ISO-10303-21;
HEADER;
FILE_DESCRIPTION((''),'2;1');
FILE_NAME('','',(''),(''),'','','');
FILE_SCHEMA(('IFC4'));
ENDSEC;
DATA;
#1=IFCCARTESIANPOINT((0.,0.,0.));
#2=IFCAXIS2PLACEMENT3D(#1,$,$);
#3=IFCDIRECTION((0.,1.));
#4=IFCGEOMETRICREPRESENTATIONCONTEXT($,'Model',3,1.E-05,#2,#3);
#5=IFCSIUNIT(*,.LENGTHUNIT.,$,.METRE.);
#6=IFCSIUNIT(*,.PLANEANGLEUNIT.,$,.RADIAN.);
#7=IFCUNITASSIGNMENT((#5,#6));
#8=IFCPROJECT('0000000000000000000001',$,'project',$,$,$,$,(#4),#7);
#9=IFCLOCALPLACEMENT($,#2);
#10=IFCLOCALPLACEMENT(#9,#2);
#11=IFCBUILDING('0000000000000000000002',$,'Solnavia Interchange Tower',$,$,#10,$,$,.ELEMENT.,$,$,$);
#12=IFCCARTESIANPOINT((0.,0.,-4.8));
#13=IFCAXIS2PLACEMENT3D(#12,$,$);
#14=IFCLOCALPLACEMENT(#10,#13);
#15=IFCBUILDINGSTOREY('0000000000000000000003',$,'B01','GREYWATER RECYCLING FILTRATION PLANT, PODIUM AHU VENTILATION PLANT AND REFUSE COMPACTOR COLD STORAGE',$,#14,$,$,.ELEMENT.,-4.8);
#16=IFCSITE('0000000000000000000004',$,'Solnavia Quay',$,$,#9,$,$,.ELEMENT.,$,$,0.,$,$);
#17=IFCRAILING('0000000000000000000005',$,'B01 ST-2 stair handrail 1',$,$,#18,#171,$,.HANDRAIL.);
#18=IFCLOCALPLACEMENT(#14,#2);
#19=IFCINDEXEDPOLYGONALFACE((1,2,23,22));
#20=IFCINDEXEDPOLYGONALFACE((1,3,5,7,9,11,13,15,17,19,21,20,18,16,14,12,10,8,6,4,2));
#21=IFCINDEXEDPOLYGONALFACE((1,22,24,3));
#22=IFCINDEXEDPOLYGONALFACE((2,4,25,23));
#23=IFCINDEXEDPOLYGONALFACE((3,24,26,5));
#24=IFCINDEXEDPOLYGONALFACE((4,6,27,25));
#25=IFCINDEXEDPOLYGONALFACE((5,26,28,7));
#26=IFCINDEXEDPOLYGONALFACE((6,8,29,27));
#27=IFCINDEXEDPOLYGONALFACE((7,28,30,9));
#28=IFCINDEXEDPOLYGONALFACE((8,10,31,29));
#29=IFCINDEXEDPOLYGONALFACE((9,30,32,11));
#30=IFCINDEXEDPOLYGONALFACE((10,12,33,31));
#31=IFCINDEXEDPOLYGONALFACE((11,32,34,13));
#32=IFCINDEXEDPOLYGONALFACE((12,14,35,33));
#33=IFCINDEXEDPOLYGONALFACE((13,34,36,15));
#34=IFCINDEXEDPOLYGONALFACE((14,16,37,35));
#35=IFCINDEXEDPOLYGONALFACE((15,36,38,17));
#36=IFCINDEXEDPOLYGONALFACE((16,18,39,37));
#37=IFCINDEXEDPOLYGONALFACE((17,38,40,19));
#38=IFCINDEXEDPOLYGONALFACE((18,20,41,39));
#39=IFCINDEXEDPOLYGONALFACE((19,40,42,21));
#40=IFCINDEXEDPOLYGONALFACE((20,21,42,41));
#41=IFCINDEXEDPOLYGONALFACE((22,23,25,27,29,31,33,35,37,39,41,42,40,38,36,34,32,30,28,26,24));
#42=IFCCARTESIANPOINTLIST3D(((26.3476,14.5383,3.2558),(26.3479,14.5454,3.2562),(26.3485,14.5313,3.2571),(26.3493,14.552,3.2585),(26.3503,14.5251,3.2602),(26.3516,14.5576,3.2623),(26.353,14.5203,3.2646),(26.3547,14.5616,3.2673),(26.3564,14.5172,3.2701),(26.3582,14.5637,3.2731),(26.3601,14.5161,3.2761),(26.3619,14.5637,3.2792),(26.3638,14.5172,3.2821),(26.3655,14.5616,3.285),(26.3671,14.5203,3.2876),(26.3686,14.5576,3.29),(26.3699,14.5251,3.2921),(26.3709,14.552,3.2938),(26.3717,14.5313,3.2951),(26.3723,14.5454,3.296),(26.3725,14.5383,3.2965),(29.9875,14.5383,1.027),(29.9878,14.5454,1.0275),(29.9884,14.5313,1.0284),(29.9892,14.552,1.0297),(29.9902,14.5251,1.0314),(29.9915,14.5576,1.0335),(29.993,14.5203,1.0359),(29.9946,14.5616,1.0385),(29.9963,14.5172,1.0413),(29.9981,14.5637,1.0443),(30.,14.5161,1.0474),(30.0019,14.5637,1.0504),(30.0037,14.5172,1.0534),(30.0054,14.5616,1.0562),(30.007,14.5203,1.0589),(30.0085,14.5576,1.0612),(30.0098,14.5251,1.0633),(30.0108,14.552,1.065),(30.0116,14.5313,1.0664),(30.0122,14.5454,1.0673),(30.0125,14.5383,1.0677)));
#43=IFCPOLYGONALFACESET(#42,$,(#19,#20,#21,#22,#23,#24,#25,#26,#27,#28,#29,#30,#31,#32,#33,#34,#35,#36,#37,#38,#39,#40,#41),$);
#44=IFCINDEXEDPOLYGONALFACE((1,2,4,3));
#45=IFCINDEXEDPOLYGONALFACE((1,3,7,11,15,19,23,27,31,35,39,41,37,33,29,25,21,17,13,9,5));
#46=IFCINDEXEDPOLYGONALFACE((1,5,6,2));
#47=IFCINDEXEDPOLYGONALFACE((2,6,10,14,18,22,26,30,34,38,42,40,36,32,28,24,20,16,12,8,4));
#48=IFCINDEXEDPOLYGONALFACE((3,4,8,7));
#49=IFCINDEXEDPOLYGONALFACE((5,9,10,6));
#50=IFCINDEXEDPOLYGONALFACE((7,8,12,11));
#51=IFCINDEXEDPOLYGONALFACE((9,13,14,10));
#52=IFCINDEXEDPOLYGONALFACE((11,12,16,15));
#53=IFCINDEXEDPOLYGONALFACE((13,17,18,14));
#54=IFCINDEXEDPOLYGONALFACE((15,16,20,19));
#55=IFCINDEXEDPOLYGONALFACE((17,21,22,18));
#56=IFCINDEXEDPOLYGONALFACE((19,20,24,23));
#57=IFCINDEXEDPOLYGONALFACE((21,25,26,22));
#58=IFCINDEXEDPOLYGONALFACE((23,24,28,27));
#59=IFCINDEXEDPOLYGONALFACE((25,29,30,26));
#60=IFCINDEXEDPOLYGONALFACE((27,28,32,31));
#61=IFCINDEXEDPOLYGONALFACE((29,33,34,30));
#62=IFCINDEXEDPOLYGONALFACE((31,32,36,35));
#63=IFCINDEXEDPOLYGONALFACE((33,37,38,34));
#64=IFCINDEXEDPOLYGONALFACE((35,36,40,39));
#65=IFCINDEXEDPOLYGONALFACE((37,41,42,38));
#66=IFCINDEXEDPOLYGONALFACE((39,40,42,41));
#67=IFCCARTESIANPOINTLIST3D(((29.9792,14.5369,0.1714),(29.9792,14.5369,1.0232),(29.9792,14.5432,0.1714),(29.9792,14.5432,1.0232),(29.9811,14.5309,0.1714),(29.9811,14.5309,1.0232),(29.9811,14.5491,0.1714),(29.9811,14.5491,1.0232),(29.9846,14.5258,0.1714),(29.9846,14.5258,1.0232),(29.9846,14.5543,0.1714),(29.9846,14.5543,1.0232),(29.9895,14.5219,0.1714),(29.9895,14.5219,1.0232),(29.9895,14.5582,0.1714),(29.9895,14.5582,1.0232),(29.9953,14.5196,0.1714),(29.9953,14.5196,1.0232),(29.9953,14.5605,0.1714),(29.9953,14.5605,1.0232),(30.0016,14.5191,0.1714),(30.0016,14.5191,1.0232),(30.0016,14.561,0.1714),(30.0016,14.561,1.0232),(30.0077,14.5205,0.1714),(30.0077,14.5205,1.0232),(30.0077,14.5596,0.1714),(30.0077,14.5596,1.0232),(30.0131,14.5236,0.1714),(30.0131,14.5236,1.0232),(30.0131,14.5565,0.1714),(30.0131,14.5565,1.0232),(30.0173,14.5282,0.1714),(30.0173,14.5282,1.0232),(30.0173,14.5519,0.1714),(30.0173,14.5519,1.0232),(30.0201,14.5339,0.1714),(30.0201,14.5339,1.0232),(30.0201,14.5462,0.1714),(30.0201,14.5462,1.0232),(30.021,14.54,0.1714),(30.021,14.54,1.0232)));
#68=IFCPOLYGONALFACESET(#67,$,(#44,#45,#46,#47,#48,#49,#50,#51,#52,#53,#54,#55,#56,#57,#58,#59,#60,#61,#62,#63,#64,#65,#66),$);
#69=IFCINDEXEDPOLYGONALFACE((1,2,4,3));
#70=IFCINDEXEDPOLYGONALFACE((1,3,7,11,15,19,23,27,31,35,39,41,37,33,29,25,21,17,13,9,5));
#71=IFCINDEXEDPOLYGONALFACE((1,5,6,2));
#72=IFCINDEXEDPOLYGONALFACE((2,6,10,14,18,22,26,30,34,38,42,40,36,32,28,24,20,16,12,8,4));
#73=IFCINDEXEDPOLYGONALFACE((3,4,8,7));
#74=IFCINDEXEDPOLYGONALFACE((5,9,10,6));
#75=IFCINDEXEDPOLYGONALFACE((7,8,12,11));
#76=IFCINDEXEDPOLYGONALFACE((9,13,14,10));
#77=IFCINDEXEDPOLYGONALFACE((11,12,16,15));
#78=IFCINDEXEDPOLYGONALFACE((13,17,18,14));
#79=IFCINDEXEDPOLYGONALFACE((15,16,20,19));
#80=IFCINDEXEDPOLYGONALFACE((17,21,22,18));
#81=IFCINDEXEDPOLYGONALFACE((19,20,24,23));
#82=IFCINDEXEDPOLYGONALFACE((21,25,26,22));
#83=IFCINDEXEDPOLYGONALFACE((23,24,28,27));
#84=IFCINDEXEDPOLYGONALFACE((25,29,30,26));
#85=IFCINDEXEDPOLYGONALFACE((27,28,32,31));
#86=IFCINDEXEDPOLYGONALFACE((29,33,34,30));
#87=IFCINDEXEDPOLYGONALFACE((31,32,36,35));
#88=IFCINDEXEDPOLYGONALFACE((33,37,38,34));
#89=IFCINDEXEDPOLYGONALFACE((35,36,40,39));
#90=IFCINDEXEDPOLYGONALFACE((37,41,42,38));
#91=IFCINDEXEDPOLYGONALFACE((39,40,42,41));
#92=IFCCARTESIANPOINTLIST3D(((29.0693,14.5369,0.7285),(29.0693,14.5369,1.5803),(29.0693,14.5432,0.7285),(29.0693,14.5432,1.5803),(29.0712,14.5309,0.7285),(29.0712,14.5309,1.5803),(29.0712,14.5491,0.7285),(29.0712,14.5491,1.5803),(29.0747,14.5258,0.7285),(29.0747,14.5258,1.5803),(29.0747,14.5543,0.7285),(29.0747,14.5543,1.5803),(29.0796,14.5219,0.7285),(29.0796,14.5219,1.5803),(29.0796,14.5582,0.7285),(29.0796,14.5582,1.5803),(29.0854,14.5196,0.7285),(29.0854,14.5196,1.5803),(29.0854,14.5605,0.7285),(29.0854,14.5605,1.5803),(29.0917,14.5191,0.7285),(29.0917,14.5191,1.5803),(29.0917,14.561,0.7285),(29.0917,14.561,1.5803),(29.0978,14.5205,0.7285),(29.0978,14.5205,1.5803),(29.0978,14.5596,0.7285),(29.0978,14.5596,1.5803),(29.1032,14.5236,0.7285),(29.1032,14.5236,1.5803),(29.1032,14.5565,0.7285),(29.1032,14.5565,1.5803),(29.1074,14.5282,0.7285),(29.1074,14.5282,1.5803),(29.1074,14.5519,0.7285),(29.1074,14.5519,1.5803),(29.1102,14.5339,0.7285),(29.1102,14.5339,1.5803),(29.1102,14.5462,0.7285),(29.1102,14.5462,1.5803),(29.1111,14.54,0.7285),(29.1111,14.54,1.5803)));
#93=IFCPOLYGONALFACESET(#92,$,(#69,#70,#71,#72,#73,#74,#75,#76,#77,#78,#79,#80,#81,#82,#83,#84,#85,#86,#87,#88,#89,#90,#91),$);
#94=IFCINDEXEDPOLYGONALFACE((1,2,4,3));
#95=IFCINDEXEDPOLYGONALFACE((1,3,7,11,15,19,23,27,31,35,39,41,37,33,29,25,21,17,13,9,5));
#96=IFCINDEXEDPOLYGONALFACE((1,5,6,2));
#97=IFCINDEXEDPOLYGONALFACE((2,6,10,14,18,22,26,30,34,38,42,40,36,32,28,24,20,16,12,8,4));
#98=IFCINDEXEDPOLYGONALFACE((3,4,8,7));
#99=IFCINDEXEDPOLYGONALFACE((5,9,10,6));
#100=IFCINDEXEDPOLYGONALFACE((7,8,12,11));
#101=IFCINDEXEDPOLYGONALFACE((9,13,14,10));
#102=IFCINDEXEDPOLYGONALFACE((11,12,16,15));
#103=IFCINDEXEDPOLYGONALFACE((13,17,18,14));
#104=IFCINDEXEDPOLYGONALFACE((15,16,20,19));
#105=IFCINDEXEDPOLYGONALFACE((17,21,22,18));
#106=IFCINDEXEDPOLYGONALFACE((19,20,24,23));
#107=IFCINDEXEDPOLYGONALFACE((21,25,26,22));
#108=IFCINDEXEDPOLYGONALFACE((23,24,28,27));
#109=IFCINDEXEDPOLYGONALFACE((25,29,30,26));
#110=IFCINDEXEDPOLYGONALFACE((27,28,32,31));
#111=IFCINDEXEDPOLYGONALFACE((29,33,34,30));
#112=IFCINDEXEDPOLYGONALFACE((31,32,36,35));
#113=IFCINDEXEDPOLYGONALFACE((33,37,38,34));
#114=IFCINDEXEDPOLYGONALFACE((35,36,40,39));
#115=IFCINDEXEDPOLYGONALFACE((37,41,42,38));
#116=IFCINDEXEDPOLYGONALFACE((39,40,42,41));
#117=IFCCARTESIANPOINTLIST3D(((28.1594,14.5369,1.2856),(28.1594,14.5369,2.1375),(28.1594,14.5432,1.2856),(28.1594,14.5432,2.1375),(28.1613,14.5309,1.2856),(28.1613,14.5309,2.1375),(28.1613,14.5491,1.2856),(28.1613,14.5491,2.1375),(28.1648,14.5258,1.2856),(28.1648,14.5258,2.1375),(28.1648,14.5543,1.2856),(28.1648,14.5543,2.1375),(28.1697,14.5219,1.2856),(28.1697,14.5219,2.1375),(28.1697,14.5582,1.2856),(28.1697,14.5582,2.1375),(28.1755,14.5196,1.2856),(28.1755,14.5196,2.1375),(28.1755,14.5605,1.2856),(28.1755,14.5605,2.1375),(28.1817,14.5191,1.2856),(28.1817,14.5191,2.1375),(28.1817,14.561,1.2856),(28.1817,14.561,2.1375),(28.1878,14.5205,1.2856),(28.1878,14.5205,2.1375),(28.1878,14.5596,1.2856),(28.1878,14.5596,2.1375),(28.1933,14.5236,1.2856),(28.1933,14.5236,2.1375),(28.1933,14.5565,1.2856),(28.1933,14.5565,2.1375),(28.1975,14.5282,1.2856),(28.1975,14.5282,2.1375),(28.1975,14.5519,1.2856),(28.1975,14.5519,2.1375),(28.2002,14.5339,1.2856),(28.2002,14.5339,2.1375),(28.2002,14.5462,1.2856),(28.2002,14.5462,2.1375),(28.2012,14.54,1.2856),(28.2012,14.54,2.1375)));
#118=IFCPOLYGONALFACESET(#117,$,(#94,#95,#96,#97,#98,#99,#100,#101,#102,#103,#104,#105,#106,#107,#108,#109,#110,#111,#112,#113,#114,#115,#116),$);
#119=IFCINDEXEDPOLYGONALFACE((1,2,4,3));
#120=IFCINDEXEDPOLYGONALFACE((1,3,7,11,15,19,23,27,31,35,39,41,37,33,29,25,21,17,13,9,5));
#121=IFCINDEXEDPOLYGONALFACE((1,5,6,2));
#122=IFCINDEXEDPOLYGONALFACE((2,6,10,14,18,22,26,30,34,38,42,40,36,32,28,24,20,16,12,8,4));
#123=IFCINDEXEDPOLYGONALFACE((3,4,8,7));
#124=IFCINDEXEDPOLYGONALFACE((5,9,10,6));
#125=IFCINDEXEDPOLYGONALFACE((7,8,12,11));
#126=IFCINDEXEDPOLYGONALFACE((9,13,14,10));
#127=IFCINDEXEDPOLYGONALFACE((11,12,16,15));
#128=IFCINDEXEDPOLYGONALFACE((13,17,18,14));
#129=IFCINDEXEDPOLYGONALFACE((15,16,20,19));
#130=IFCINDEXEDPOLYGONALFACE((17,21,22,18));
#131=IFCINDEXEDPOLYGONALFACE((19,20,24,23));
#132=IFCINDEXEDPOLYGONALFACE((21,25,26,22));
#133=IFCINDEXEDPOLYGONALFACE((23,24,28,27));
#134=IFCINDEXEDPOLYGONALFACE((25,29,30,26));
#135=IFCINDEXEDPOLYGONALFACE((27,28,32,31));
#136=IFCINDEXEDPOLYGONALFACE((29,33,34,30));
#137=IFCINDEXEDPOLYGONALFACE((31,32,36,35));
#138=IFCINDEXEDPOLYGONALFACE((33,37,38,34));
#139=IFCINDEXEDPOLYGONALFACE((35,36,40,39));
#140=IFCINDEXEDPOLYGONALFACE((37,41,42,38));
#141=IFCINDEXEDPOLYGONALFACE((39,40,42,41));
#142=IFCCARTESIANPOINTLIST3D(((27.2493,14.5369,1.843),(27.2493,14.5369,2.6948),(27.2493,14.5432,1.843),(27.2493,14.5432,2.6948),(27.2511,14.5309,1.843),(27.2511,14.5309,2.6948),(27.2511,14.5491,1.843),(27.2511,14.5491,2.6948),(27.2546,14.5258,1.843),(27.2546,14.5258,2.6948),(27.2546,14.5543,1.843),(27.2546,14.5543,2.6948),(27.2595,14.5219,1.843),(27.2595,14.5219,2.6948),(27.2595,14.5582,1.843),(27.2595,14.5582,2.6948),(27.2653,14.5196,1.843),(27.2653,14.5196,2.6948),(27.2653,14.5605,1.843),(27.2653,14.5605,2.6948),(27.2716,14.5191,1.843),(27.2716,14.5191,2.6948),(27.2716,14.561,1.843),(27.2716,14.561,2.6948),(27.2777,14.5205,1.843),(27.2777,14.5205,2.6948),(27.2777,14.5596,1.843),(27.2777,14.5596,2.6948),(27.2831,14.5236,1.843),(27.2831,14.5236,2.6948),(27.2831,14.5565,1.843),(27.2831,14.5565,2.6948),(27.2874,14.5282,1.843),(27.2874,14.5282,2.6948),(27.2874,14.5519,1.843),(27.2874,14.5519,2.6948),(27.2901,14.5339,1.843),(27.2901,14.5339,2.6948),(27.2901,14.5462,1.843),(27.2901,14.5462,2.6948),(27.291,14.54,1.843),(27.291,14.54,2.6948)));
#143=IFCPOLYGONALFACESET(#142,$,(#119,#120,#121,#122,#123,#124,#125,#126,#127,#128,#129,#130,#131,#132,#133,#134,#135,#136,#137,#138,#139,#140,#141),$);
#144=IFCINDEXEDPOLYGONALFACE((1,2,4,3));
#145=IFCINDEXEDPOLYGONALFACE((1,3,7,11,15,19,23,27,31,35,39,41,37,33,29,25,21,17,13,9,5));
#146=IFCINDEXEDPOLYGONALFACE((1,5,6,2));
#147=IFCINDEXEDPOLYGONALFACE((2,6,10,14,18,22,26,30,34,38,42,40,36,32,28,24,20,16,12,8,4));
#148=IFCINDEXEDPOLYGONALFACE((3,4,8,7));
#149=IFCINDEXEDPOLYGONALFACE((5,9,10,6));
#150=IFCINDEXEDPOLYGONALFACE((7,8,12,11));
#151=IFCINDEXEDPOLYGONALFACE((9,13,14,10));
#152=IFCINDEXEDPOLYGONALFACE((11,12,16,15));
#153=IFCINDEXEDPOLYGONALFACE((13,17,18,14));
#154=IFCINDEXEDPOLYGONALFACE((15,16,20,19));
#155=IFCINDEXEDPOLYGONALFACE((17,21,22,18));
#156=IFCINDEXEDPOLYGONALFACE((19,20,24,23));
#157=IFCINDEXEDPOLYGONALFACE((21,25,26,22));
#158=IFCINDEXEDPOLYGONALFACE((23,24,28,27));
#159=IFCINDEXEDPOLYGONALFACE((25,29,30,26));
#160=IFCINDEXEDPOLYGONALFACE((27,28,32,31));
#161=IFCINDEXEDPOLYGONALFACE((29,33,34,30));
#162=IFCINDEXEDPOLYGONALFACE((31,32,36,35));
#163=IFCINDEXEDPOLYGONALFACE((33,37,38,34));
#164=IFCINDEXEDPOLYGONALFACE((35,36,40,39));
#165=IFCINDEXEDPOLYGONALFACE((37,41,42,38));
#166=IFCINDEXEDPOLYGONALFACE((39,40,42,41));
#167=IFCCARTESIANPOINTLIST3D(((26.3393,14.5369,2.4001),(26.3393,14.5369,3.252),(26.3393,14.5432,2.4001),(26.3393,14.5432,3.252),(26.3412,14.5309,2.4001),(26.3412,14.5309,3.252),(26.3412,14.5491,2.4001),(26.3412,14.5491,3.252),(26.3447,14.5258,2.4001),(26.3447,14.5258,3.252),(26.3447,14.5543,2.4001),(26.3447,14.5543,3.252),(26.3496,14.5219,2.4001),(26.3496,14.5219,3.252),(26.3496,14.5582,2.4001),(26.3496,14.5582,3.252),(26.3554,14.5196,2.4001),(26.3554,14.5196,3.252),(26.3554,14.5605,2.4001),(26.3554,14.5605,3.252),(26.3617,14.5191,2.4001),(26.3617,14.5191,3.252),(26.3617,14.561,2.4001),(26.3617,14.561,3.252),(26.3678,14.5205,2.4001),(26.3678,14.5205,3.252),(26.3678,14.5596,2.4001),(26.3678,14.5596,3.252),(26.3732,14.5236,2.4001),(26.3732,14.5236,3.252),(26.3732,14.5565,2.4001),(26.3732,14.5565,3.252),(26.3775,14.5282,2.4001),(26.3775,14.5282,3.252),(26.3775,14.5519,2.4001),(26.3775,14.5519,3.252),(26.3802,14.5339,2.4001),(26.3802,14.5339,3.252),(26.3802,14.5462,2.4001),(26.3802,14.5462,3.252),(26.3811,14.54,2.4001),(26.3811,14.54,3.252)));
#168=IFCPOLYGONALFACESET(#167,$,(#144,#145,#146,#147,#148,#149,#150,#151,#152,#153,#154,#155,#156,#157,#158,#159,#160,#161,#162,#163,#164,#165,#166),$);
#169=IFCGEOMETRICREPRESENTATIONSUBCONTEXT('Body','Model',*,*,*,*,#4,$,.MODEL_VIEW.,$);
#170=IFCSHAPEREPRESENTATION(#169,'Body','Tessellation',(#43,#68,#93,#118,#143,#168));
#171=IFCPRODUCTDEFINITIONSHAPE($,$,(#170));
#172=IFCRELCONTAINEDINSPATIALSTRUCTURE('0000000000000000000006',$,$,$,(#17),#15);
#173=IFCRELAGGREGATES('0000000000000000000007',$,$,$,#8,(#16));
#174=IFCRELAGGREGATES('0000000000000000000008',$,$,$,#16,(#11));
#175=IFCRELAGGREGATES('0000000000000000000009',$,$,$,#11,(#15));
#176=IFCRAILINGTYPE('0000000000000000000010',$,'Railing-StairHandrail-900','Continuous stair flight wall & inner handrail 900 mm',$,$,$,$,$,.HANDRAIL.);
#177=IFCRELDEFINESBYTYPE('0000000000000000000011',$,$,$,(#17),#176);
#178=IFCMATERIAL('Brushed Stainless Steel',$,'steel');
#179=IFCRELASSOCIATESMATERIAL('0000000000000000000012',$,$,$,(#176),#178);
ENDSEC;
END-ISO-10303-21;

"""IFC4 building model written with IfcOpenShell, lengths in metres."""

from ifc_helpers import new_model, si_unit, direction, frame, origin, origin_2d, place, context, subcontext, project, spatial, circle, extrude, material, type_object, element, save


model = new_model("IFC4")

# Units and contexts
model_context = context("Model", 3, precision=1e-05, world=origin(), true_north=direction((0.0, 1.0)))
body_context = subcontext(model_context, "Body", "Model", "MODEL_VIEW")
ifc_project = project(units=[si_unit("LENGTHUNIT", "METRE"), si_unit("PLANEANGLEUNIT", "RADIAN")], contexts=[model_context])

# Site, building, storey
site_placement = place(None, origin())
site = spatial("IfcSite", under=ifc_project, at=site_placement, Name="Solnavia Quay", CompositionType="ELEMENT", RefElevation=0.0)
building_placement = place(site_placement, origin())
building = spatial("IfcBuilding", under=site, at=building_placement, Name="Solnavia Interchange Tower", CompositionType="ELEMENT")
storey_placement = place(building_placement, frame((0.0, 0.0, -4.8)))
storey = spatial("IfcBuildingStorey", under=building, at=storey_placement, Name="B01", Description="GREYWATER RECYCLING FILTRATION PLANT, PODIUM AHU VENTILATION PLANT AND REFUSE COMPACTOR COLD STORAGE", CompositionType="ELEMENT", Elevation=-4.8)

# Railing
ifc_material_1 = material(Name="Brushed Stainless Steel", Category="steel")
railing_type_1 = type_object("IfcRailingType", Name="Railing-StairHandrail-900", Description="Continuous stair flight wall & inner handrail 900 mm", PredefinedType="HANDRAIL", material=ifc_material_1)
railing_1_placement = place(storey_placement, frame((30.0, 14.54, 0.1714)))
element("IfcRailing", 1, at=railing_1_placement, inside=storey, type_object=railing_type_1, Name="B01 ST-2 stair handrail 1", PredefinedType="HANDRAIL", context=body_context, shape_type="SweptSolid", body=[
    extrude(circle(Radius=0.0239, at=origin_2d()), frame((0.0, 0.0, 0.876), z_axis=(-0.852825, 0.0, 0.522197), x_axis=(0.0, -1.0, 0.0)), (0.0, 0.0, 1.0), 4.2681),
    extrude(circle(Radius=0.021, at=origin_2d()), origin(), (0.0, 0.0, 1.0), 0.8518),
    extrude(circle(Radius=0.021, at=origin_2d()), frame((-0.9099, 0.0, 0.5571)), (0.0, 0.0, 1.0), 0.8518),
    extrude(circle(Radius=0.021, at=origin_2d()), frame((-1.8198, 0.0, 1.1143)), (0.0, 0.0, 1.0), 0.8518),
    extrude(circle(Radius=0.021, at=origin_2d()), frame((-2.73, 0.0, 1.6716)), (0.0, 0.0, 1.0), 0.8518),
    extrude(circle(Radius=0.021, at=origin_2d()), frame((-3.6399, 0.0, 2.2288)), (0.0, 0.0, 1.0), 0.8518),
])

save(model, "model.ifc")
